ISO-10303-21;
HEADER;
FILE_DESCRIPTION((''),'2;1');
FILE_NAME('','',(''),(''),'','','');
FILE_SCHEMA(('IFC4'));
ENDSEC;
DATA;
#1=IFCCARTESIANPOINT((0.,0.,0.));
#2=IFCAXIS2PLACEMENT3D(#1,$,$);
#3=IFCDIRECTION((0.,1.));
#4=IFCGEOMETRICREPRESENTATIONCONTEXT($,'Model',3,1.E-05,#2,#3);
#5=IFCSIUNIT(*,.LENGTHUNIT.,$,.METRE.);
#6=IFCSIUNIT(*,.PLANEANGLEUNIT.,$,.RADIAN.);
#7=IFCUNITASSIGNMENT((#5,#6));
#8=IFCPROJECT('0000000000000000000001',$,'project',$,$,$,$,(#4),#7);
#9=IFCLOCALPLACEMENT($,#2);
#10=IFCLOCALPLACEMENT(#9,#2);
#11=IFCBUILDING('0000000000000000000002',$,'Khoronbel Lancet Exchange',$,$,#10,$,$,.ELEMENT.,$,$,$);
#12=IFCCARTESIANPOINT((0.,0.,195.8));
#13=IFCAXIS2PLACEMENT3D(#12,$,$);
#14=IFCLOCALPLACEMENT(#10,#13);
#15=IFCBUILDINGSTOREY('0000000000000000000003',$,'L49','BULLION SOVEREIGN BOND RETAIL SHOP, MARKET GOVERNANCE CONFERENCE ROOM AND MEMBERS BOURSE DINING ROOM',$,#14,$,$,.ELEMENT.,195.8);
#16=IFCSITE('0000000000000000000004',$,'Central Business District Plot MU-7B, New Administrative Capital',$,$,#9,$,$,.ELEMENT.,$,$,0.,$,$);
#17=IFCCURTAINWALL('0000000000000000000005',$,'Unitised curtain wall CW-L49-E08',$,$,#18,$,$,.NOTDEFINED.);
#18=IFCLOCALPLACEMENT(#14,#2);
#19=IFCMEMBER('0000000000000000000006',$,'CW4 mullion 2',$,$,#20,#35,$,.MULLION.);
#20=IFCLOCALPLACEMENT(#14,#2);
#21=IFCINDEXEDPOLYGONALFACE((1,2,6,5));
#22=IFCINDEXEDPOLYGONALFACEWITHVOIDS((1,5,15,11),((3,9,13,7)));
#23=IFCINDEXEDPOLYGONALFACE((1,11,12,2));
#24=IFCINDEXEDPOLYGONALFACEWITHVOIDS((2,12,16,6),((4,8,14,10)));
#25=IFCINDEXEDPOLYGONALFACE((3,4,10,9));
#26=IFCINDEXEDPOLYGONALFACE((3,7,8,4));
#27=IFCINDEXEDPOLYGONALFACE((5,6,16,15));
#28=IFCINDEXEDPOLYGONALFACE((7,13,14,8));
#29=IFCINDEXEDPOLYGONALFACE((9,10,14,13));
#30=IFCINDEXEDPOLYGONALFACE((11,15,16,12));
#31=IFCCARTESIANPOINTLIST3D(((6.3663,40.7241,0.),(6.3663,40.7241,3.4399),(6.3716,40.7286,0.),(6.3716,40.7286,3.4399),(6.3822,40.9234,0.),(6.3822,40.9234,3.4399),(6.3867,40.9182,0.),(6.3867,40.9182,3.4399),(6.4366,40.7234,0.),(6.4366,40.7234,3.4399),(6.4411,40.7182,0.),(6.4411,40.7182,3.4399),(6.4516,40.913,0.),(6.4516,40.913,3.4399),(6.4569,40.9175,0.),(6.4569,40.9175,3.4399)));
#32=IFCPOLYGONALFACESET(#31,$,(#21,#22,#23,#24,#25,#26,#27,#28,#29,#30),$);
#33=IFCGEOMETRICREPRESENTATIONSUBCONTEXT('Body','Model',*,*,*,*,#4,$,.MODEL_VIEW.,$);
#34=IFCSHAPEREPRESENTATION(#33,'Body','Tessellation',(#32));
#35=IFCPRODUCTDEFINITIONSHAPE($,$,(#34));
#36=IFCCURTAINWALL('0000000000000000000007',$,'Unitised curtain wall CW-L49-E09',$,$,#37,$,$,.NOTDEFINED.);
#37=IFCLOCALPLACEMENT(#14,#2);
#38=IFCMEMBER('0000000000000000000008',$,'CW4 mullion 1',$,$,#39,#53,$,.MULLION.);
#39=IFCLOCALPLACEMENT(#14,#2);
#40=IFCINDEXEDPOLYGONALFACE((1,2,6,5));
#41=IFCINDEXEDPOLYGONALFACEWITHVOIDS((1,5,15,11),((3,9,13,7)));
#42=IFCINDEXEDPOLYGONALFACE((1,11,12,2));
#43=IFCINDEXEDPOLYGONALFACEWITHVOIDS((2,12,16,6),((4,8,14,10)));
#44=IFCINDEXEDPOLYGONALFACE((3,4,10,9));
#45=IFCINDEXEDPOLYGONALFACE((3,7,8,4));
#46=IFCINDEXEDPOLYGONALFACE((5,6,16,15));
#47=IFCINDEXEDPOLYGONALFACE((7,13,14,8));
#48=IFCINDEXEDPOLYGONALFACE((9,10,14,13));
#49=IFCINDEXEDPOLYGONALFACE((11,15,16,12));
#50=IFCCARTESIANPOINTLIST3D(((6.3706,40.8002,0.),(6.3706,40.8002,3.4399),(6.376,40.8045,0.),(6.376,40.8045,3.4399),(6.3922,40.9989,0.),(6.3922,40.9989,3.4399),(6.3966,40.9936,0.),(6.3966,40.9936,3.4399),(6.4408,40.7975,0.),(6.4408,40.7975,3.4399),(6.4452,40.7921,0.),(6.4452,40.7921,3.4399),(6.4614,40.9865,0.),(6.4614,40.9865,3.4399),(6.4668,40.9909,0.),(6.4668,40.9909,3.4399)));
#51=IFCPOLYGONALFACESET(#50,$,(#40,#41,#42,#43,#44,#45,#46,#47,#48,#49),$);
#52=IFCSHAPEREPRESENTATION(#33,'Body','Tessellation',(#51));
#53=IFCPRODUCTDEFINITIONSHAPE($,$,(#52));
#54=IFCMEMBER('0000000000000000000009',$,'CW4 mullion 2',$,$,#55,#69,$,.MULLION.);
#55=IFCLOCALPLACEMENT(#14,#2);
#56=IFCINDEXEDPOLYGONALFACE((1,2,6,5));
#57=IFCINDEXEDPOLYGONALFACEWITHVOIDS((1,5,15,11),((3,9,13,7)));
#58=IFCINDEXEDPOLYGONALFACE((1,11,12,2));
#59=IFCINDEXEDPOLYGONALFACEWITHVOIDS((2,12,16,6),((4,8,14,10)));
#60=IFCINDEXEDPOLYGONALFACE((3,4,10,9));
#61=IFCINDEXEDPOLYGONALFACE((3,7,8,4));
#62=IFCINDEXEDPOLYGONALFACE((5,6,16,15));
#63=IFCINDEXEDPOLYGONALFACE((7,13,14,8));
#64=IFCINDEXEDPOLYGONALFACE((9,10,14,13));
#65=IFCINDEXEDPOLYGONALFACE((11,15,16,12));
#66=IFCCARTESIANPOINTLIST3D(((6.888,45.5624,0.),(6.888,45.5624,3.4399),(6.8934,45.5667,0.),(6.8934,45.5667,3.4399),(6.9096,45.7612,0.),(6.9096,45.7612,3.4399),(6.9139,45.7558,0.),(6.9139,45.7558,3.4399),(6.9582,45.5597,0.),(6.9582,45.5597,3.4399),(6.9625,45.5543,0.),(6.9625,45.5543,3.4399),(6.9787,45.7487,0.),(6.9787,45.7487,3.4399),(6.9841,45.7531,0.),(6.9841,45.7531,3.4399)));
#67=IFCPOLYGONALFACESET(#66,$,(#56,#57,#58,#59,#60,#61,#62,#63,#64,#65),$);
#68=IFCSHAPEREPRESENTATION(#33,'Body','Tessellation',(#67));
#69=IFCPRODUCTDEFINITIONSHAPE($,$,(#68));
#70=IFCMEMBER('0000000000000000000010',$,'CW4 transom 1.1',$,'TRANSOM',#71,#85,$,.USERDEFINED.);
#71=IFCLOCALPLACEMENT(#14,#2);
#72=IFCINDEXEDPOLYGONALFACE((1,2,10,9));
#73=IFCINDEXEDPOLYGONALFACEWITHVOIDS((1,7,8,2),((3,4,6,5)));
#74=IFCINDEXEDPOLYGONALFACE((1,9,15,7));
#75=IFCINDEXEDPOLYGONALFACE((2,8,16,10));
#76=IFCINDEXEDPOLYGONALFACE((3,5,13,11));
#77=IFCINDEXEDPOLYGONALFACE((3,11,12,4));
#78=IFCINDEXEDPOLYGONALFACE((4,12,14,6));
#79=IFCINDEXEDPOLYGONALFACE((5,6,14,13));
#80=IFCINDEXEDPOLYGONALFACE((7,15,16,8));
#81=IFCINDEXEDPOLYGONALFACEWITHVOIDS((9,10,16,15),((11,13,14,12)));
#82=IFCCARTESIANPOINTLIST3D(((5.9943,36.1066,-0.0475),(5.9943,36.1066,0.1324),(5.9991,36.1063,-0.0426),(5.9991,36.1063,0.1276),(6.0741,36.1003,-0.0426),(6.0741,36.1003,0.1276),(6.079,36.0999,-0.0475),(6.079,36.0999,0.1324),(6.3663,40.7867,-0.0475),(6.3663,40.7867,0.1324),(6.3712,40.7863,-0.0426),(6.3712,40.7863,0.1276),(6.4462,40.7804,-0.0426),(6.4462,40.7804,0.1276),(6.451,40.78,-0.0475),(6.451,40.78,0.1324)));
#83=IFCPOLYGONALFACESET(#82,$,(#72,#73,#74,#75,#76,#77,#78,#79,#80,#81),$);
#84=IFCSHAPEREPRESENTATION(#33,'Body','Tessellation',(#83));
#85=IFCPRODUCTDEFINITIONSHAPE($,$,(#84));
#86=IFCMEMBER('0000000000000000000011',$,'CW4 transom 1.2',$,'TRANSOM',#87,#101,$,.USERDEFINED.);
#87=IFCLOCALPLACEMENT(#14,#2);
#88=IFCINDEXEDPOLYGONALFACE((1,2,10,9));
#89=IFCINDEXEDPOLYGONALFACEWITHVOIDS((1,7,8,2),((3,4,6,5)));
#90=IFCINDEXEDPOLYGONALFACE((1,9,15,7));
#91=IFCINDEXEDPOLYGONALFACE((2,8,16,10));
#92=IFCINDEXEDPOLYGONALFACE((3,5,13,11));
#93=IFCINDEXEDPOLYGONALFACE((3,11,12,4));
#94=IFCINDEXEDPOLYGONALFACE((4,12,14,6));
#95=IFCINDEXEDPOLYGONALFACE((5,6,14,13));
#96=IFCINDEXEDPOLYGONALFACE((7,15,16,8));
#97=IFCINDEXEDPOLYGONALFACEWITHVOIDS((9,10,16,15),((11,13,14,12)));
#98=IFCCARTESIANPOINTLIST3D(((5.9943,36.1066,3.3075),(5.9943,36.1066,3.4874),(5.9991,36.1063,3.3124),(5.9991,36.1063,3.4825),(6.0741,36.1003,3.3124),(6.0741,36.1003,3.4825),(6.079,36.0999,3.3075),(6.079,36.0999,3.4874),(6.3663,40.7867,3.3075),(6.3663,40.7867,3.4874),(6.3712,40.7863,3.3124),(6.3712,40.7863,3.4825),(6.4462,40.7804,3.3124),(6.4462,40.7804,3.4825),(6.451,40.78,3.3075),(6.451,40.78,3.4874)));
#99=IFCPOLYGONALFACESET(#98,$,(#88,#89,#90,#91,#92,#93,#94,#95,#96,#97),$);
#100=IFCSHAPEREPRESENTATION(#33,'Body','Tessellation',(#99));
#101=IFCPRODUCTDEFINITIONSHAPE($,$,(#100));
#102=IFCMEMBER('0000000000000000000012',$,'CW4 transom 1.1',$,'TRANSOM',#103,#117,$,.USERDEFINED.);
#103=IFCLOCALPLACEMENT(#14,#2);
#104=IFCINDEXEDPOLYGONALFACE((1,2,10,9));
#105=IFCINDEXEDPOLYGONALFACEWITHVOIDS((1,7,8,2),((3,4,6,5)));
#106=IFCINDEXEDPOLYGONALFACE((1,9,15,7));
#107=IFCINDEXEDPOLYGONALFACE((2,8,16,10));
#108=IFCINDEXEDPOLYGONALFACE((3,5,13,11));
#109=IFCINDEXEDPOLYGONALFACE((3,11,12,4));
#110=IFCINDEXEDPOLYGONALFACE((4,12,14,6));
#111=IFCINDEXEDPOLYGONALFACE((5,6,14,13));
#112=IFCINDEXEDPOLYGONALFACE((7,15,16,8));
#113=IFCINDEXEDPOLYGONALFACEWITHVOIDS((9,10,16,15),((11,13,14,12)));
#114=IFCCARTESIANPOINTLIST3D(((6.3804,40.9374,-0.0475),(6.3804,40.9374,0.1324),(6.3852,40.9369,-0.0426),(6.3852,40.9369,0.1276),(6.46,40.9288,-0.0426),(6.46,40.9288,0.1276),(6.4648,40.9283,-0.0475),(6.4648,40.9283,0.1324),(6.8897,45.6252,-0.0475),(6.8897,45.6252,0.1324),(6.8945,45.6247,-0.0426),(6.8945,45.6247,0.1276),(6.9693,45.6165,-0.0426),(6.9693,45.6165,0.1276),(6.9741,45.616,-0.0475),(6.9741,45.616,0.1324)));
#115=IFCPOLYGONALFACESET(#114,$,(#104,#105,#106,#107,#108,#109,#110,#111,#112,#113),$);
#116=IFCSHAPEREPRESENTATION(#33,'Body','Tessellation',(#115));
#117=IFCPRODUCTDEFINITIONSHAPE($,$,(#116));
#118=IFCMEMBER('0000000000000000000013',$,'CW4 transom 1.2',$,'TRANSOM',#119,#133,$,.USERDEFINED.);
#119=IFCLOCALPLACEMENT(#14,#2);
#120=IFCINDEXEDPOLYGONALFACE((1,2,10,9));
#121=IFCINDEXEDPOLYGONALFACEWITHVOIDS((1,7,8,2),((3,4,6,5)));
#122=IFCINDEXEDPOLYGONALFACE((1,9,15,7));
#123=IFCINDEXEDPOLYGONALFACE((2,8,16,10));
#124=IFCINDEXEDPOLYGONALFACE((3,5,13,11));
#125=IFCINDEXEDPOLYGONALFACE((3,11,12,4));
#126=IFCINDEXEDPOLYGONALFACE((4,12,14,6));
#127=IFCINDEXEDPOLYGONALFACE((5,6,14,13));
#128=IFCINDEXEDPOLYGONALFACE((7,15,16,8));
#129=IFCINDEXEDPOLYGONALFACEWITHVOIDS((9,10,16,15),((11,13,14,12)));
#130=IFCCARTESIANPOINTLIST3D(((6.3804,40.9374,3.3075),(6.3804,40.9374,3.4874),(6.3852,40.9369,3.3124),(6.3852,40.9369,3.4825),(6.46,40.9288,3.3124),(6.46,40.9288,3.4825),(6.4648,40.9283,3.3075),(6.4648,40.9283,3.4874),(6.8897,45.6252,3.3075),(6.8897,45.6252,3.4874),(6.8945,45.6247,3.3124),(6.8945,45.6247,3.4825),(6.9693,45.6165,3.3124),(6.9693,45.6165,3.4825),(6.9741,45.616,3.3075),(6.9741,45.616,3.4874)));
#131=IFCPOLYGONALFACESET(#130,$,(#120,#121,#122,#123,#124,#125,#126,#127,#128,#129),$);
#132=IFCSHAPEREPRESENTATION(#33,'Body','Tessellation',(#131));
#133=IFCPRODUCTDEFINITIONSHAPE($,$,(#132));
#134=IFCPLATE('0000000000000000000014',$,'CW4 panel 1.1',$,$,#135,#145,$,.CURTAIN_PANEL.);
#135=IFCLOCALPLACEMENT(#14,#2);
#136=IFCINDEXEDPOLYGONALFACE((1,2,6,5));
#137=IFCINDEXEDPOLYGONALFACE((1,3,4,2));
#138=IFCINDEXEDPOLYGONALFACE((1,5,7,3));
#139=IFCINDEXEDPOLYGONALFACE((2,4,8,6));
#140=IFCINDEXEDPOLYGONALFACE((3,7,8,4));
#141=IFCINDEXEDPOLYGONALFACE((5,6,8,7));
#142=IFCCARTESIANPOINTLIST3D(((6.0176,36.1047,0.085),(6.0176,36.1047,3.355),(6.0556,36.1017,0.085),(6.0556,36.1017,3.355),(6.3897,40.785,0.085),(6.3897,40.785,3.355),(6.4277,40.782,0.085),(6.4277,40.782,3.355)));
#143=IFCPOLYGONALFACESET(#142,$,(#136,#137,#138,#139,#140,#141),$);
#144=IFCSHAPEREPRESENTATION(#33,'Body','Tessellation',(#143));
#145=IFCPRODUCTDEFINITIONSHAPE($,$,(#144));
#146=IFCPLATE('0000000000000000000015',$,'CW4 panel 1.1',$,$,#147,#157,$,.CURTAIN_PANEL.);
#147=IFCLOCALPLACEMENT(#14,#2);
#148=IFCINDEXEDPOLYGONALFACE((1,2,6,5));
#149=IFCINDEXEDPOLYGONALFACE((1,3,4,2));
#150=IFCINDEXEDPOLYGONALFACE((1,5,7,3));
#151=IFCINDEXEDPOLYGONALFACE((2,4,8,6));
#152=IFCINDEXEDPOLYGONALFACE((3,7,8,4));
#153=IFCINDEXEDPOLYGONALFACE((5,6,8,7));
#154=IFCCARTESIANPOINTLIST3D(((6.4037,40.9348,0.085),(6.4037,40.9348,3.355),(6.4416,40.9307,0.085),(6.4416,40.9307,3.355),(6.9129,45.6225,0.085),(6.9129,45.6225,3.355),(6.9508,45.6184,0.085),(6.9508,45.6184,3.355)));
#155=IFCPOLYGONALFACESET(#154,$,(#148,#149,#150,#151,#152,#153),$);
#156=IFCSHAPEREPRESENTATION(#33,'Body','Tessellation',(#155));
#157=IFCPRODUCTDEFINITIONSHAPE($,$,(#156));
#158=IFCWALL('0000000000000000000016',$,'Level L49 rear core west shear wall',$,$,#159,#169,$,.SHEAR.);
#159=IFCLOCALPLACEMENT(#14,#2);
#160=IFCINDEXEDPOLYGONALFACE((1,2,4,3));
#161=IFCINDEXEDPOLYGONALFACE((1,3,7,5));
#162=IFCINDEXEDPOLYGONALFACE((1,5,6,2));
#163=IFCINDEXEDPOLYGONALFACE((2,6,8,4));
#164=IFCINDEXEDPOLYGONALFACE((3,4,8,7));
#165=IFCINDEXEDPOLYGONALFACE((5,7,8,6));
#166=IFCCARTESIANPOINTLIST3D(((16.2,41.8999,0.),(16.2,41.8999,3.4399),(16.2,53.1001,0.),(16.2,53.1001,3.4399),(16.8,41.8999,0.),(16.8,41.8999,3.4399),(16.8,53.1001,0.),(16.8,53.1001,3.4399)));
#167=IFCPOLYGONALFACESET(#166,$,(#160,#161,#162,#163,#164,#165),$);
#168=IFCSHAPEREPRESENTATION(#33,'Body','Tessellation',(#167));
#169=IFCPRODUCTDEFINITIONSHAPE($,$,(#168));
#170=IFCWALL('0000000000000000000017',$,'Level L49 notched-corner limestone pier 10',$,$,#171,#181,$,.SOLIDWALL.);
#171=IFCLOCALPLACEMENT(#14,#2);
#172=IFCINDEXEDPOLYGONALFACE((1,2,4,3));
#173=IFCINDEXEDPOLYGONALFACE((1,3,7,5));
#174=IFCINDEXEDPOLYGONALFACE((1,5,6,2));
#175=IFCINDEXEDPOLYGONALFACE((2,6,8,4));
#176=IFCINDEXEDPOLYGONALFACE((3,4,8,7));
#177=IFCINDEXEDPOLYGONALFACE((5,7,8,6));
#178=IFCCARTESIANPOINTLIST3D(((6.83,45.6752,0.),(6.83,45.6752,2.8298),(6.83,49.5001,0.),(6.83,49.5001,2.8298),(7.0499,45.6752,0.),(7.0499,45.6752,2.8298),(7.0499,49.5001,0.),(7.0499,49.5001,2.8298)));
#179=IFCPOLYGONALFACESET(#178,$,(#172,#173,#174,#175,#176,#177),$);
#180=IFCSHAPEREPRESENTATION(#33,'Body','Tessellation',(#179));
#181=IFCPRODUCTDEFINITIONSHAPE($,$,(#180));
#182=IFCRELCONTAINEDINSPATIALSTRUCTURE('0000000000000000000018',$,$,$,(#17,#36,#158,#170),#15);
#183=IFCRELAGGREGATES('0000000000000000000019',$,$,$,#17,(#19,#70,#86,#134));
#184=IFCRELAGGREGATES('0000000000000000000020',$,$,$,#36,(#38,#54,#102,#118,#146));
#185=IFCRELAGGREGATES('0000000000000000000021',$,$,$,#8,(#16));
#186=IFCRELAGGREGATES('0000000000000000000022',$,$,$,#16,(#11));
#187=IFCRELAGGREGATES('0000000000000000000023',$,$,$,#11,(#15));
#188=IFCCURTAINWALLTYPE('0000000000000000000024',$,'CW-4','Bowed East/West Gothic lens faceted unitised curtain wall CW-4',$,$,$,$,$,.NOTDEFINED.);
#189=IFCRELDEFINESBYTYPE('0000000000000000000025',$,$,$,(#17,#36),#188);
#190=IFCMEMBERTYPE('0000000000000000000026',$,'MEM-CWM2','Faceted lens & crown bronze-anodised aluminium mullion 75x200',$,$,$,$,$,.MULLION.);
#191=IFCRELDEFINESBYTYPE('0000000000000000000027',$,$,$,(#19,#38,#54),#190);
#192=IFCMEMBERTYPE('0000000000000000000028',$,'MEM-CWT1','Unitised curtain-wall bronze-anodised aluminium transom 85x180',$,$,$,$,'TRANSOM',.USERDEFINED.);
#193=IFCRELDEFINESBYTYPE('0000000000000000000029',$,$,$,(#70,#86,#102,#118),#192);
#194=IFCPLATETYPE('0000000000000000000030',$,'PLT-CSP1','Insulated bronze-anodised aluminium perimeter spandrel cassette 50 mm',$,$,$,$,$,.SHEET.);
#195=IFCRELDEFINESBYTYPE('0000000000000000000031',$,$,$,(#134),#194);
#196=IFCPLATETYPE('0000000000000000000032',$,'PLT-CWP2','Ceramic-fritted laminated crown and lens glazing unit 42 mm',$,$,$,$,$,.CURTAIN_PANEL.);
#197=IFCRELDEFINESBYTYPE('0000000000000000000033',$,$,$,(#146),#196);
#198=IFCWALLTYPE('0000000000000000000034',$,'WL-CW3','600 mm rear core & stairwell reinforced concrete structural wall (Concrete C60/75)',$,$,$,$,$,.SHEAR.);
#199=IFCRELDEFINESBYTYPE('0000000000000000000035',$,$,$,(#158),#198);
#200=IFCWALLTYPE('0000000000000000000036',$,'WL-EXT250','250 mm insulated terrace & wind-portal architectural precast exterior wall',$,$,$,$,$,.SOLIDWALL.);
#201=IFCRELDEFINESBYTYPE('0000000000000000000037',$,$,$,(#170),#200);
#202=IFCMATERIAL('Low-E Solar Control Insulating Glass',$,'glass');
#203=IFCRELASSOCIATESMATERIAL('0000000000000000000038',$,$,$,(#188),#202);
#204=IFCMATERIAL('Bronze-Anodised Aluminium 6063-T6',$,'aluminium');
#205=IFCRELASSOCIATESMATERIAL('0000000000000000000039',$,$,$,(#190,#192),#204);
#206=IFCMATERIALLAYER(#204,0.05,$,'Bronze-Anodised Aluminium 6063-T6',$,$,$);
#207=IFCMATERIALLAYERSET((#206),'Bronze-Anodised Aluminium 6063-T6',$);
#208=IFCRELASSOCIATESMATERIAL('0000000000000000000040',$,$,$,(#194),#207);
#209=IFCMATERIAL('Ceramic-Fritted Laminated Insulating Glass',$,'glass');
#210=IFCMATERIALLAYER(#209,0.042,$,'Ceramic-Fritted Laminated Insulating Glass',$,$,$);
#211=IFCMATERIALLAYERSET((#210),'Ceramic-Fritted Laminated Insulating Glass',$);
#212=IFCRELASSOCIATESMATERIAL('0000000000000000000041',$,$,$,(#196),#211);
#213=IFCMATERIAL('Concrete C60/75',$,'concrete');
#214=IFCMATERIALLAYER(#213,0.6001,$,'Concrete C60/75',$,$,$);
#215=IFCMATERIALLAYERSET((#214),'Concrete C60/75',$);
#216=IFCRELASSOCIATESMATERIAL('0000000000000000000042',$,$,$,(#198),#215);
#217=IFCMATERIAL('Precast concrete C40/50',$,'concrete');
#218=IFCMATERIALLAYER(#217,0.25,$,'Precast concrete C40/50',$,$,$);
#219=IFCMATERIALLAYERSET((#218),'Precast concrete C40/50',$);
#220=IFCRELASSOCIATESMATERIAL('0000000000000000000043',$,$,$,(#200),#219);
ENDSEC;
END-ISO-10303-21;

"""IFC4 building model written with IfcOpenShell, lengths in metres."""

from ifc_helpers import new_model, si_unit, direction, frame, frame_2d, origin, origin_2d, place, context, subcontext, project, spatial, rectangle, hollow_rectangle, extrude, material, layer, layer_set, material_profile, profile_set, type_object, element, aggregate, save


model = new_model("IFC4")

# Units and contexts
model_context = context("Model", 3, precision=1e-05, world=origin(), true_north=direction((0.0, 1.0)))
body_context = subcontext(model_context, "Body", "Model", "MODEL_VIEW")
ifc_project = project(units=[si_unit("LENGTHUNIT", "METRE"), si_unit("PLANEANGLEUNIT", "RADIAN")], contexts=[model_context])

# Site, building, storey
site_placement = place(None, origin())
site = spatial("IfcSite", under=ifc_project, at=site_placement, Name="Central Business District Plot MU-7B, New Administrative Capital", CompositionType="ELEMENT", RefElevation=0.0)
building_placement = place(site_placement, origin())
building = spatial("IfcBuilding", under=site, at=building_placement, Name="Khoronbel Lancet Exchange", CompositionType="ELEMENT")
storey_placement = place(building_placement, frame((0.0, 0.0, 195.8)))
storey = spatial("IfcBuildingStorey", under=building, at=storey_placement, Name="L49", Description="BULLION SOVEREIGN BOND RETAIL SHOP, MARKET GOVERNANCE CONFERENCE ROOM AND MEMBERS BOURSE DINING ROOM", CompositionType="ELEMENT", Elevation=195.8)

# Shared definitions
ifc_material_1 = material(Name="Low-E Solar Control Insulating Glass", Category="glass")
curtain_wall_type = type_object("IfcCurtainWallType", Name="CW-4", Description="Bowed East/West Gothic lens faceted unitised curtain wall CW-4", PredefinedType="NOTDEFINED", material=ifc_material_1)
ifc_material_2 = material(Name="Bronze-Anodised Aluminium 6063-T6", Category="aluminium")
ifc_material_profile_1 = material_profile(ifc_material_2, hollow_rectangle(XDim=0.075, YDim=0.2, WallThickness=0.0049, at=origin_2d()), Name="ALU MULLION 75x200")
ifc_profile_set_1 = profile_set([ifc_material_profile_1], Name="Bronze-Anodised Aluminium 6063-T6")
member_type_1 = type_object("IfcMemberType", Name="MEM-CWM2", Description="Faceted lens & crown bronze-anodised aluminium mullion 75x200", PredefinedType="MULLION", material=ifc_profile_set_1)

# Curtain walls, members
curtain_wall_1_placement = place(storey_placement, origin())
curtain_wall_1 = element("IfcCurtainWall", 1, at=curtain_wall_1_placement, inside=storey, type_object=curtain_wall_type, Name="Unitised curtain wall CW-L49-E08", PredefinedType="NOTDEFINED")
member_1_placement = place(storey_placement, frame((6.4116, 40.8208, 0.0), z_axis=(0.0, 0.0, 1.0), x_axis=(-0.996854, 0.079255, 0.0)))
member_1 = element("IfcMember", 2, at=member_1_placement, type_object=member_type_1, Name="CW4 mullion 2", PredefinedType="MULLION", context=body_context, shape_type="SweptSolid", body=[
    extrude(hollow_rectangle(XDim=0.075, YDim=0.2, WallThickness=0.0049, at=origin_2d()), origin(), (0.0, 0.0, 1.0), 3.4399),
])
curtain_wall_2_placement = place(storey_placement, origin())
curtain_wall_2 = element("IfcCurtainWall", 3, at=curtain_wall_2_placement, inside=storey, type_object=curtain_wall_type, Name="Unitised curtain wall CW-L49-E09", PredefinedType="NOTDEFINED")
member_2_placement = place(storey_placement, frame((6.4187, 40.8955, 0.0), z_axis=(0.0, 0.0, 1.0), x_axis=(-0.994152, 0.10799, 0.0)))
member_2 = element("IfcMember", 4, at=member_2_placement, type_object=member_type_1, Name="CW4 mullion 1", PredefinedType="MULLION", context=body_context, shape_type="SweptSolid", body=[
    extrude(hollow_rectangle(XDim=0.075, YDim=0.2, WallThickness=0.0049, at=origin_2d()), origin(), (0.0, 0.0, 1.0), 3.4399),
])
member_3_placement = place(storey_placement, frame((6.936, 45.6577, 0.0), z_axis=(0.0, 0.0, 1.0), x_axis=(-0.994152, 0.10799, 0.0)))
member_3 = element("IfcMember", 5, at=member_3_placement, type_object=member_type_1, Name="CW4 mullion 2", PredefinedType="MULLION", context=body_context, shape_type="SweptSolid", body=[
    extrude(hollow_rectangle(XDim=0.075, YDim=0.2, WallThickness=0.0049, at=origin_2d()), origin(), (0.0, 0.0, 1.0), 3.4399),
])

# Members
ifc_material_profile_2 = material_profile(ifc_material_2, hollow_rectangle(XDim=0.085, YDim=0.1799, WallThickness=0.0049, at=origin_2d()), Name="ALU TRANSOM 85x180")
ifc_profile_set_2 = profile_set([ifc_material_profile_2], Name="Bronze-Anodised Aluminium 6063-T6")
member_type_2 = type_object("IfcMemberType", Name="MEM-CWT1", Description="Unitised curtain-wall bronze-anodised aluminium transom 85x180", ElementType="TRANSOM", PredefinedType="USERDEFINED", material=ifc_profile_set_2)
member_4_placement = place(storey_placement, frame((6.0366, 36.1033, 0.0425), z_axis=(0.079249, 0.996855, 0.0), x_axis=(-0.996855, 0.079249, 0.0)))
member_4 = element("IfcMember", 6, at=member_4_placement, type_object=member_type_2, Name="CW4 transom 1.1", ObjectType="TRANSOM", PredefinedType="USERDEFINED", context=body_context, shape_type="SweptSolid", body=[
    extrude(hollow_rectangle(XDim=0.085, YDim=0.1799, WallThickness=0.0049, at=origin_2d()), origin(), (0.0, 0.0, 1.0), 4.6948),
])
member_5_placement = place(storey_placement, frame((6.0366, 36.1033, 3.3975), z_axis=(0.079249, 0.996855, 0.0), x_axis=(-0.996855, 0.079249, 0.0)))
member_5 = element("IfcMember", 7, at=member_5_placement, type_object=member_type_2, Name="CW4 transom 1.2", ObjectType="TRANSOM", PredefinedType="USERDEFINED", context=body_context, shape_type="SweptSolid", body=[
    extrude(hollow_rectangle(XDim=0.085, YDim=0.1799, WallThickness=0.0049, at=origin_2d()), origin(), (0.0, 0.0, 1.0), 4.6948),
])
member_6_placement = place(storey_placement, frame((6.4226, 40.9329, 0.0425), z_axis=(0.108005, 0.99415, 0.0), x_axis=(-0.99415, 0.108005, 0.0)))
member_6 = element("IfcMember", 8, at=member_6_placement, type_object=member_type_2, Name="CW4 transom 1.1", ObjectType="TRANSOM", PredefinedType="USERDEFINED", context=body_context, shape_type="SweptSolid", body=[
    extrude(hollow_rectangle(XDim=0.085, YDim=0.1799, WallThickness=0.0049, at=origin_2d()), origin(), (0.0, 0.0, 1.0), 4.7153),
])
member_7_placement = place(storey_placement, frame((6.4226, 40.9329, 3.3975), z_axis=(0.108005, 0.99415, 0.0), x_axis=(-0.99415, 0.108005, 0.0)))
member_7 = element("IfcMember", 9, at=member_7_placement, type_object=member_type_2, Name="CW4 transom 1.2", ObjectType="TRANSOM", PredefinedType="USERDEFINED", context=body_context, shape_type="SweptSolid", body=[
    extrude(hollow_rectangle(XDim=0.085, YDim=0.1799, WallThickness=0.0049, at=origin_2d()), origin(), (0.0, 0.0, 1.0), 4.7153),
])

# Plates
ifc_layer_1 = layer(ifc_material_2, 0.05, Name="Bronze-Anodised Aluminium 6063-T6")
ifc_layer_set_1 = layer_set([ifc_layer_1], Name="Bronze-Anodised Aluminium 6063-T6")
plate_type_1 = type_object("IfcPlateType", Name="PLT-CSP1", Description="Insulated bronze-anodised aluminium perimeter spandrel cassette 50 mm", PredefinedType="SHEET", material=ifc_layer_set_1)
plate_1_placement = place(storey_placement, frame((6.2227, 38.4434, 0.085), z_axis=(0.0, 0.0, 1.0), x_axis=(0.079255, 0.996854, 0.0)))
plate_1 = element("IfcPlate", 10, at=plate_1_placement, type_object=plate_type_1, Name="CW4 panel 1.1", PredefinedType="CURTAIN_PANEL", context=body_context, shape_type="SweptSolid", body=[
    extrude(rectangle(XDim=4.6951, YDim=0.0381, at=origin_2d()), origin(), (0.0, 0.0, 1.0), 3.27),
])
aggregate(curtain_wall_1, [member_1, member_4, member_5, plate_1])
ifc_material_3 = material(Name="Ceramic-Fritted Laminated Insulating Glass", Category="glass")
ifc_layer_2 = layer(ifc_material_3, 0.042, Name="Ceramic-Fritted Laminated Insulating Glass")
ifc_layer_set_2 = layer_set([ifc_layer_2], Name="Ceramic-Fritted Laminated Insulating Glass")
plate_type_2 = type_object("IfcPlateType", Name="PLT-CWP2", Description="Ceramic-fritted laminated crown and lens glazing unit 42 mm", PredefinedType="CURTAIN_PANEL", material=ifc_layer_set_2)
plate_2_placement = place(storey_placement, frame((6.6772, 43.2766, 0.085), z_axis=(0.0, 0.0, 1.0), x_axis=(0.10799, 0.994152, 0.0)))
plate_2 = element("IfcPlate", 11, at=plate_2_placement, type_object=plate_type_2, Name="CW4 panel 1.1", PredefinedType="CURTAIN_PANEL", context=body_context, shape_type="SweptSolid", body=[
    extrude(rectangle(XDim=4.7153, YDim=0.0381, at=origin_2d()), origin(), (0.0, 0.0, 1.0), 3.27),
])
aggregate(curtain_wall_2, [member_2, member_3, member_6, member_7, plate_2])

# Walls
ifc_material_4 = material(Name="Concrete C60/75", Category="concrete")
ifc_layer_3 = layer(ifc_material_4, 0.6001, Name="Concrete C60/75")
ifc_layer_set_3 = layer_set([ifc_layer_3], Name="Concrete C60/75")
wall_type_1 = type_object("IfcWallType", Name="WL-CW3", Description="600 mm rear core & stairwell reinforced concrete structural wall (Concrete C60/75)", PredefinedType="SHEAR", material=ifc_layer_set_3)
wall_1_placement = place(storey_placement, frame((16.5, 41.8999, 0.0), z_axis=(0.0, 0.0, 1.0), x_axis=(0.0, 1.0, 0.0)))
element("IfcWall", 12, at=wall_1_placement, inside=storey, type_object=wall_type_1, Name="Level L49 rear core west shear wall", PredefinedType="SHEAR", context=body_context, shape_type="SweptSolid", body=[
    extrude(rectangle(XDim=11.2002, YDim=0.6001, at=frame_2d((5.6001, 0.0))), origin(), (0.0, 0.0, 1.0), 3.4399),
])
ifc_material_5 = material(Name="Precast concrete C40/50", Category="concrete")
ifc_layer_4 = layer(ifc_material_5, 0.25, Name="Precast concrete C40/50")
ifc_layer_set_4 = layer_set([ifc_layer_4], Name="Precast concrete C40/50")
wall_type_2 = type_object("IfcWallType", Name="WL-EXT250", Description="250 mm insulated terrace & wind-portal architectural precast exterior wall", PredefinedType="SOLIDWALL", material=ifc_layer_set_4)
wall_2_placement = place(storey_placement, frame((6.9399, 45.675, 0.0), z_axis=(0.0, 0.0, 1.0), x_axis=(0.0, 1.0, 0.0)))
element("IfcWall", 13, at=wall_2_placement, inside=storey, type_object=wall_type_2, Name="Level L49 notched-corner limestone pier 10", PredefinedType="SOLIDWALL", context=body_context, shape_type="SweptSolid", body=[
    extrude(rectangle(XDim=3.825, YDim=0.22, at=frame_2d((1.9126, 0.0))), origin(), (0.0, 0.0, 1.0), 2.8298),
])

save(model, "model.ifc")
